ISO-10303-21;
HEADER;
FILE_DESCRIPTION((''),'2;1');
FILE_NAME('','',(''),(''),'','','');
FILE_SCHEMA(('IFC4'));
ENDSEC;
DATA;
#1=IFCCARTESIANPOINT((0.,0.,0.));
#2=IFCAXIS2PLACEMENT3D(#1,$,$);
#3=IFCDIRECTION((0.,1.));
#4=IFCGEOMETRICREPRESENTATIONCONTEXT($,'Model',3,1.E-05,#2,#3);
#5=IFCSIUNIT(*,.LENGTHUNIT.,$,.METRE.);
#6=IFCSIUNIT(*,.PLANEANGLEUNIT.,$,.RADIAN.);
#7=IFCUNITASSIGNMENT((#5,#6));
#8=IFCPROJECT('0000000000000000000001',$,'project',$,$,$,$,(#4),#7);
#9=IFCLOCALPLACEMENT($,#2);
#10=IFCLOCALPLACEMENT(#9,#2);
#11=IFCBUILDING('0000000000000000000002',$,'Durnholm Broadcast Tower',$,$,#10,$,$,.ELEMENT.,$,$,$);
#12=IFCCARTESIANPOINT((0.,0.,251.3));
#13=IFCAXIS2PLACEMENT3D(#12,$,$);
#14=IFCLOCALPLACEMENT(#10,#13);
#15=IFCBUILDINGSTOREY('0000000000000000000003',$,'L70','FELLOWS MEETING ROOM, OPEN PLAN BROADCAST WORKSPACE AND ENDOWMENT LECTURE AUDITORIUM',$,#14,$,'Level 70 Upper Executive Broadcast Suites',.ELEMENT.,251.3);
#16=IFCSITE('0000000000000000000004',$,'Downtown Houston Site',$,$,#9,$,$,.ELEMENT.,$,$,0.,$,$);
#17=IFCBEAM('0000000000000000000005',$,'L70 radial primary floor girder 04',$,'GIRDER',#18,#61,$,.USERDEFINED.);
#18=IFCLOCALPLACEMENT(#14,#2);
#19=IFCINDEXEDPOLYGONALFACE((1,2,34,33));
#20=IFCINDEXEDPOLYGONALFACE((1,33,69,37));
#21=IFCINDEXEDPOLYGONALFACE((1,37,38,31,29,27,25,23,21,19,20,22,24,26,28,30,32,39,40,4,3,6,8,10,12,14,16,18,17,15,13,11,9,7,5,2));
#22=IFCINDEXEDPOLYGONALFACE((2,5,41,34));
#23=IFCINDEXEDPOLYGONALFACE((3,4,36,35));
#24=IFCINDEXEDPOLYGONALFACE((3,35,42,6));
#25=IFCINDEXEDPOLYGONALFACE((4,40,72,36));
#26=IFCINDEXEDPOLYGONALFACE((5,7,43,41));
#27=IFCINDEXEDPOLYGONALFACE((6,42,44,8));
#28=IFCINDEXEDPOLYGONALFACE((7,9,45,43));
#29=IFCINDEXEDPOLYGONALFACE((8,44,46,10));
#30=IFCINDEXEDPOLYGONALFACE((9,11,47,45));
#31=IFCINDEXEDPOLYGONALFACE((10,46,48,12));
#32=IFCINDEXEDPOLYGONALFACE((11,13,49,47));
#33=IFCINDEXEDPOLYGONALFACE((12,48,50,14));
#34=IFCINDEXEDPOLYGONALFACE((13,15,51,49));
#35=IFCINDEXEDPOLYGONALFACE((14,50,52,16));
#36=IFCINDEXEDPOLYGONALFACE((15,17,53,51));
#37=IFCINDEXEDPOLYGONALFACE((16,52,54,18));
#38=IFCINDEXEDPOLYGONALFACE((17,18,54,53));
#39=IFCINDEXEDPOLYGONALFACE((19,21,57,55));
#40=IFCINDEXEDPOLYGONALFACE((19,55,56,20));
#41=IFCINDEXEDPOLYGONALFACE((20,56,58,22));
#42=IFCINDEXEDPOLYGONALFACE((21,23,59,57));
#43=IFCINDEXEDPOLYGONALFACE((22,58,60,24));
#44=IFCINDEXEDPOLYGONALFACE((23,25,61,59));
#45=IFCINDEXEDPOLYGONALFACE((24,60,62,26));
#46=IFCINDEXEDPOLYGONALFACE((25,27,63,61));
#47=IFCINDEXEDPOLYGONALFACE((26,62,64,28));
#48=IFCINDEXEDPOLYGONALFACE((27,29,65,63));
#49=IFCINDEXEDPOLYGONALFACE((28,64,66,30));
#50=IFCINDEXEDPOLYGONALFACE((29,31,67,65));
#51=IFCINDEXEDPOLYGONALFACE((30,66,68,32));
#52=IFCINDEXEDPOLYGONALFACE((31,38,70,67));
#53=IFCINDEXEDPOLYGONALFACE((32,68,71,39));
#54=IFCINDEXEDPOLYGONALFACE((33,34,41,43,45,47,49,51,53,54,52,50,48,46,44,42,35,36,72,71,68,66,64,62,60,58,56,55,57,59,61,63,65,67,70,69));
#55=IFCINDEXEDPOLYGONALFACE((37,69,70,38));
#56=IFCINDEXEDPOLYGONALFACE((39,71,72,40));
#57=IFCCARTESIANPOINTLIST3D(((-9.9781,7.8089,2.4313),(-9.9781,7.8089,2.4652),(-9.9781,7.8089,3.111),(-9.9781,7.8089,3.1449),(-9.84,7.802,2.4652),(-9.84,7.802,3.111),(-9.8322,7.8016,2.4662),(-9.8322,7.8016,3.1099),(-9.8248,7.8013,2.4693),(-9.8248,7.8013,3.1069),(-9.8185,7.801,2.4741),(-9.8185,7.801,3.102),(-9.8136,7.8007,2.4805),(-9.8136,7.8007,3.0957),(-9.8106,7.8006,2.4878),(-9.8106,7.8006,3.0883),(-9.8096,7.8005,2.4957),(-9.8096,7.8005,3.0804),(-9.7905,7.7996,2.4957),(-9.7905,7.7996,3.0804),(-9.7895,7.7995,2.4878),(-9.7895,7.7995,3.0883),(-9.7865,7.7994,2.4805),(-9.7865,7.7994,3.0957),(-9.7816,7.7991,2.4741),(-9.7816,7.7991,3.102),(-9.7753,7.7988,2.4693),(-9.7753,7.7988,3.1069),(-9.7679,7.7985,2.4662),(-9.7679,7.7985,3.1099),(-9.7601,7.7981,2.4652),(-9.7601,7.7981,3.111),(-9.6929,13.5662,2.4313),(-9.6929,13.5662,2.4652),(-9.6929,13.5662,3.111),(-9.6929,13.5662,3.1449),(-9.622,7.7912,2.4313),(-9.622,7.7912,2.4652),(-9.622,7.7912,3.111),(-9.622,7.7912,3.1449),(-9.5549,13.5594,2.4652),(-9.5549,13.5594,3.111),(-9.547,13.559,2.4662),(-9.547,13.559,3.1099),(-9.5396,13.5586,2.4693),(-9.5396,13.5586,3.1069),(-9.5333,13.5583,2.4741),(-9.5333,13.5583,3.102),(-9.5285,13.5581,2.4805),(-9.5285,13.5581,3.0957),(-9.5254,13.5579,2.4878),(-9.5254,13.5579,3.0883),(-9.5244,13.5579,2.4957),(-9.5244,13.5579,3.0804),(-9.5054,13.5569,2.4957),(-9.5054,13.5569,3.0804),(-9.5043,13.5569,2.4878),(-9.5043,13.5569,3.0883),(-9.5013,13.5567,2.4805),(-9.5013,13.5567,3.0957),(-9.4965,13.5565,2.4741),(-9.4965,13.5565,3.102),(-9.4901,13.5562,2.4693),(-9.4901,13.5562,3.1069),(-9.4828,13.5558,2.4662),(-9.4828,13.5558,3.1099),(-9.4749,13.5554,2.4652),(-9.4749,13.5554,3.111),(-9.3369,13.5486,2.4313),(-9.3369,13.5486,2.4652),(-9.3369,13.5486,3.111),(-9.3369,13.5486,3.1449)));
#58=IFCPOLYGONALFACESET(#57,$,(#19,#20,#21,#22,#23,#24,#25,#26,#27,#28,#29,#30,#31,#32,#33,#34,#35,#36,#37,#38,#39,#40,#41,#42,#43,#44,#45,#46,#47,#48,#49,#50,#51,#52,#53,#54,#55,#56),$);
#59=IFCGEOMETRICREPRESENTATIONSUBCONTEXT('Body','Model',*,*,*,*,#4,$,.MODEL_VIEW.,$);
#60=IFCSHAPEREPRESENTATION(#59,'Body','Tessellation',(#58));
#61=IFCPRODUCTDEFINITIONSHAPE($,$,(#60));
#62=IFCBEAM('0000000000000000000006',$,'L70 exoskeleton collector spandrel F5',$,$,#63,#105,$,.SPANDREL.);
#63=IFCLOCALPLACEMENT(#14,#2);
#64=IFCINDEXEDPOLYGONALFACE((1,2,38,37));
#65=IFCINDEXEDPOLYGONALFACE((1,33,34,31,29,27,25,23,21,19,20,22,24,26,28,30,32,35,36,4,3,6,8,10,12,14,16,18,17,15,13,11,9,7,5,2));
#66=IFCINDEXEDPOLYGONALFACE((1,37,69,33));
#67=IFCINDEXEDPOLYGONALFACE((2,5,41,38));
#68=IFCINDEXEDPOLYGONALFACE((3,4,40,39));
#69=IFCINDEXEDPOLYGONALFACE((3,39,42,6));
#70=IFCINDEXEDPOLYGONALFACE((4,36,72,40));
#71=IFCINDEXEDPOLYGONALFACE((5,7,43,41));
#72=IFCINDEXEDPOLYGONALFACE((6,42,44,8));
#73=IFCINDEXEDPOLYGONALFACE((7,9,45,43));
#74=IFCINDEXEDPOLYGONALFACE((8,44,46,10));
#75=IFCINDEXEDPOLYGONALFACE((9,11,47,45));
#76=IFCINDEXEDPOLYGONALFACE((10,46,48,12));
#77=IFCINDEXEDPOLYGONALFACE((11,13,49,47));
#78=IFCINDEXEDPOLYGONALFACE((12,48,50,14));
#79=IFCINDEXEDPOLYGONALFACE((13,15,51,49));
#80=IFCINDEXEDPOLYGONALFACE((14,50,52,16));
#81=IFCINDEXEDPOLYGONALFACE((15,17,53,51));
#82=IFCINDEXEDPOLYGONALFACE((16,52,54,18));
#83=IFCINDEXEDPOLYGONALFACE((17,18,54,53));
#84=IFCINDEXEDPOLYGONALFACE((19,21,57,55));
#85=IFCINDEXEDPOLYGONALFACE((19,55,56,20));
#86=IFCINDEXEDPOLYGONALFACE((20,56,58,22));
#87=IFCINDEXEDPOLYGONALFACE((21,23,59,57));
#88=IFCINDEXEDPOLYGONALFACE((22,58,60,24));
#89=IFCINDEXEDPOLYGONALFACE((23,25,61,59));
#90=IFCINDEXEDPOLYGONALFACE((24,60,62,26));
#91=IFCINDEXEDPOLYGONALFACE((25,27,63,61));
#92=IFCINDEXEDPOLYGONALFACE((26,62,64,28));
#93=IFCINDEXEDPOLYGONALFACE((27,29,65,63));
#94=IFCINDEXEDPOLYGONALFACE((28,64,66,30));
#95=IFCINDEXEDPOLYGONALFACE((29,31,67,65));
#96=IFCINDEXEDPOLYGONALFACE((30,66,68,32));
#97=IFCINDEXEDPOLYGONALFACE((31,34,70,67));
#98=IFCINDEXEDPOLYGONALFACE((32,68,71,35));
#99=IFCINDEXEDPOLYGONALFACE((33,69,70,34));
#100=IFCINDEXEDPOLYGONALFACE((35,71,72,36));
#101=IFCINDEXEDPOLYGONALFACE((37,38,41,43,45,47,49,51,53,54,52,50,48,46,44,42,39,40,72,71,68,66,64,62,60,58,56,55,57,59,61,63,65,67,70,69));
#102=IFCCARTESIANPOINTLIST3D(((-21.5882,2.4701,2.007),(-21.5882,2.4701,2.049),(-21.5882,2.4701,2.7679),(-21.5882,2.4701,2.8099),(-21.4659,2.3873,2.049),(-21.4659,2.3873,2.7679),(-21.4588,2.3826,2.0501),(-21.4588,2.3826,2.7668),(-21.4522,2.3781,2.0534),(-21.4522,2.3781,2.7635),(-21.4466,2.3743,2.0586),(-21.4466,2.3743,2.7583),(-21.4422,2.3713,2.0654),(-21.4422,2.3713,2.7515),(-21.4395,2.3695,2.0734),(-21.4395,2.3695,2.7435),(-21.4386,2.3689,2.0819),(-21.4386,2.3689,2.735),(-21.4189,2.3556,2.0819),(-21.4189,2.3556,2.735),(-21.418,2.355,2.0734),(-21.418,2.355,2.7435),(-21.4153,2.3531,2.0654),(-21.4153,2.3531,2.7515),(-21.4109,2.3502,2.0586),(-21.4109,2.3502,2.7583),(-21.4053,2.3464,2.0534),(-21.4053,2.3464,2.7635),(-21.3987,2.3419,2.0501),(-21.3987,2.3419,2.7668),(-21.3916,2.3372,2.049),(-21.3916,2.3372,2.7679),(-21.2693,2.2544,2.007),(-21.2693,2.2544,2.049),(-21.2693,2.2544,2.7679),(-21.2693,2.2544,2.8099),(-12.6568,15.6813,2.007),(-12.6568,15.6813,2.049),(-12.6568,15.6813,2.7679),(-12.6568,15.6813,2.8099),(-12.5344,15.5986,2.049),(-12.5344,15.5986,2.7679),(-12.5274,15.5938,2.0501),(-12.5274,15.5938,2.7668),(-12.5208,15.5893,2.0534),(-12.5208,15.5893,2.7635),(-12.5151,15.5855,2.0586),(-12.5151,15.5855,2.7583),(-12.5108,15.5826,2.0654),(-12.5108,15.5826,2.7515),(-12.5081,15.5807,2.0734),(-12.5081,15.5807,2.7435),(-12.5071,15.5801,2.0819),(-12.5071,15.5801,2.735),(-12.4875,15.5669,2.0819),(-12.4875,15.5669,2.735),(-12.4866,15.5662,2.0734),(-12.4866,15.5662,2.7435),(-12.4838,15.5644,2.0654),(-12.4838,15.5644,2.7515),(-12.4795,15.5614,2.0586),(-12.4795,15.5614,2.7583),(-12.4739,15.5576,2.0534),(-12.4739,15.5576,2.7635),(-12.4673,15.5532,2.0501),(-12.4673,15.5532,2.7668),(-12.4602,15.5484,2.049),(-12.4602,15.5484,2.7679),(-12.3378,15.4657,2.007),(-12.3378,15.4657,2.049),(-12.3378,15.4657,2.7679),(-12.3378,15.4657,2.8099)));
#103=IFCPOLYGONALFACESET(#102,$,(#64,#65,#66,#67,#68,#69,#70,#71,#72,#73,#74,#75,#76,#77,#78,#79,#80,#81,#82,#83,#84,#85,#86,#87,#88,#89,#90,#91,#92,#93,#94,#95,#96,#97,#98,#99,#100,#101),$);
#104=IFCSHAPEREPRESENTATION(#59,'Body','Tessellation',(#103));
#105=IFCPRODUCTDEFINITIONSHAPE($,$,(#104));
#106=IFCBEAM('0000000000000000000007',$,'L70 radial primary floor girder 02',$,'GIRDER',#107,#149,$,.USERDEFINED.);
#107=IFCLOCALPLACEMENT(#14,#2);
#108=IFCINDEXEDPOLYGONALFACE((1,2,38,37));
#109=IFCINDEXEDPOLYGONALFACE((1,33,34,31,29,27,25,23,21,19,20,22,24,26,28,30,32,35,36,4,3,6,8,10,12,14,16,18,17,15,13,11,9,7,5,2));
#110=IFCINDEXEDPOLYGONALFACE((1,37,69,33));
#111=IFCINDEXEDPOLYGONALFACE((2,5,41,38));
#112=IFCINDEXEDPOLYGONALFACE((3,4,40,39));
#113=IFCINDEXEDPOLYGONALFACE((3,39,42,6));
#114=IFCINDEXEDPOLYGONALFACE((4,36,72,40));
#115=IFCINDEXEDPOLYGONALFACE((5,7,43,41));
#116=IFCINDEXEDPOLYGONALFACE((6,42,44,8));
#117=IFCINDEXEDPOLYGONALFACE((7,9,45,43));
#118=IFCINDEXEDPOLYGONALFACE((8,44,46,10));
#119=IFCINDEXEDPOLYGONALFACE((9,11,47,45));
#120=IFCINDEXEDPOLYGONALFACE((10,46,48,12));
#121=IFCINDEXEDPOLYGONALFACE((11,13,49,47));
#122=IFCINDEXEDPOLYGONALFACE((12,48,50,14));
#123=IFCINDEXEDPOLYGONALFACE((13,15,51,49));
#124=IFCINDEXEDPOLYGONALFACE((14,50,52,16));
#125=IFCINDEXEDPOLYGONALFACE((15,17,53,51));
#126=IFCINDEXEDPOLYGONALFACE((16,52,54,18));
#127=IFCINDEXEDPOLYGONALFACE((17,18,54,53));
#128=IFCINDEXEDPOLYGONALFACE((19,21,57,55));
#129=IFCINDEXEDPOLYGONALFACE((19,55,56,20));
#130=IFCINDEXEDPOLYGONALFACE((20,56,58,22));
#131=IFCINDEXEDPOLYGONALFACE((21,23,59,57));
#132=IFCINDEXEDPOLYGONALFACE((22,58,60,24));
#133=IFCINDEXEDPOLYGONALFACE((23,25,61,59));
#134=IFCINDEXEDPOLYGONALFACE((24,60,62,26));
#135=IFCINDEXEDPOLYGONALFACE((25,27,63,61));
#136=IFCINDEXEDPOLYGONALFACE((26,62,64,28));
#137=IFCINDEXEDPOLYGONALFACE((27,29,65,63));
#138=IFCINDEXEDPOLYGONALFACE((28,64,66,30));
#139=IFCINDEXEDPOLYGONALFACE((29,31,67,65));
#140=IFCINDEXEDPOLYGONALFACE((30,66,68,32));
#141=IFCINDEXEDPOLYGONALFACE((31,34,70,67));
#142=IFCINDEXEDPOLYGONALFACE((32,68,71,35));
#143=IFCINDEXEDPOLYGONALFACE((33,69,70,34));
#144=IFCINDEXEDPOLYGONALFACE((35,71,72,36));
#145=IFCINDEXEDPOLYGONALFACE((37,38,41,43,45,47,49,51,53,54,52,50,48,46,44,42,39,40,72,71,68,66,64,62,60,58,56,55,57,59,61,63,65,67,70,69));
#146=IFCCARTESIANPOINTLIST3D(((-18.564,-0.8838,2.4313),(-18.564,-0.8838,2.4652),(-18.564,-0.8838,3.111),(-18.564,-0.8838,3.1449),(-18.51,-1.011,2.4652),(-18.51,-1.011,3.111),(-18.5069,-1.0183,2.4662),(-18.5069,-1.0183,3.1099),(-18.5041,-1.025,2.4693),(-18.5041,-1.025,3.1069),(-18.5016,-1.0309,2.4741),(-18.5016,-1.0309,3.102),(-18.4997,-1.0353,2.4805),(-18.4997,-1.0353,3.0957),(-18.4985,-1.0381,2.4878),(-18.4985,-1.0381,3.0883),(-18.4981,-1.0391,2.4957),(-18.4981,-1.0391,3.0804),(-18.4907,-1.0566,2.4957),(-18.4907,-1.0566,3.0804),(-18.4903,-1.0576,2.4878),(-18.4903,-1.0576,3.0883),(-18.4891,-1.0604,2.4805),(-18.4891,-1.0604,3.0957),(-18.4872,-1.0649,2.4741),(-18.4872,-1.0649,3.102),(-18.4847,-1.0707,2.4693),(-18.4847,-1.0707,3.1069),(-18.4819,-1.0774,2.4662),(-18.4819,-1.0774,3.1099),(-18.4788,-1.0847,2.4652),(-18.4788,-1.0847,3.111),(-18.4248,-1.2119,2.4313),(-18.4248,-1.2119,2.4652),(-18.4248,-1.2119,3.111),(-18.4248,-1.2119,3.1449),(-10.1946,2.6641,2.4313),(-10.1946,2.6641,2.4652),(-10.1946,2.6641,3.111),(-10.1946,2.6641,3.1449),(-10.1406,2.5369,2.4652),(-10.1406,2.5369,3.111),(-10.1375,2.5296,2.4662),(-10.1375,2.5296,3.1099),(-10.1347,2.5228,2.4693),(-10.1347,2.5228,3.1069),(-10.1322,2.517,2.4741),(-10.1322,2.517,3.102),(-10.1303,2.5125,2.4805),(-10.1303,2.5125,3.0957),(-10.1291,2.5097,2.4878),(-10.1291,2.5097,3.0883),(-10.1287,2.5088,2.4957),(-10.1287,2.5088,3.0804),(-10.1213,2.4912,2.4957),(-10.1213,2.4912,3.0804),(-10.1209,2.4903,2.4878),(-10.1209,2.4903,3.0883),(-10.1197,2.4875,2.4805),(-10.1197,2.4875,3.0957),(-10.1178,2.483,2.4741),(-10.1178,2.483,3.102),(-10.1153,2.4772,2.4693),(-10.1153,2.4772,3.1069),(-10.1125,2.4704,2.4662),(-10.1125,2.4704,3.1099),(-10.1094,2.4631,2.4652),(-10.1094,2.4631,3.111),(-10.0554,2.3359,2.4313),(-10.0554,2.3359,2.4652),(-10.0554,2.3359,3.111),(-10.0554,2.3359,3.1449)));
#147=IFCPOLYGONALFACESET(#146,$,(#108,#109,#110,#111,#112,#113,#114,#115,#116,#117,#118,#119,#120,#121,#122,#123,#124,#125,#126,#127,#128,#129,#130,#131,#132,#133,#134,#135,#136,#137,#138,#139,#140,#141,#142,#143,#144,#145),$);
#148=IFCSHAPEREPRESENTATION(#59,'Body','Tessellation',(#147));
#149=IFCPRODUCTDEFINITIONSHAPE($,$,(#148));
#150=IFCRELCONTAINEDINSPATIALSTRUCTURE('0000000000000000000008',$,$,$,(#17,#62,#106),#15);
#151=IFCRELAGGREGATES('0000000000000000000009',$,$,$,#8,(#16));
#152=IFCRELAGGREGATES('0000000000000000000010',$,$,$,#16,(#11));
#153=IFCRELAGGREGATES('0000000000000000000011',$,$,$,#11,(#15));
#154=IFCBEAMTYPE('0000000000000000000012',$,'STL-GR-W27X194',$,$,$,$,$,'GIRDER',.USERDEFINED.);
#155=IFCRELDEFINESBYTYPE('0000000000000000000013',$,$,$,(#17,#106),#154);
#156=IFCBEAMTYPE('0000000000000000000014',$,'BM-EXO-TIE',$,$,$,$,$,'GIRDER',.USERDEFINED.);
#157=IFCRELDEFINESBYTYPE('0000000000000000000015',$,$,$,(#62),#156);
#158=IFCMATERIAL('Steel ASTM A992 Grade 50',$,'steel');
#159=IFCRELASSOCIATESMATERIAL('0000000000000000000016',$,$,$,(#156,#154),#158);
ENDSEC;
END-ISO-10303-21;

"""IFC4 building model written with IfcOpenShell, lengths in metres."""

from ifc_helpers import new_model, si_unit, direction, frame, origin, origin_2d, place, context, subcontext, project, spatial, i_section, extrude, source, transform, mapped, material, material_profile, profile_set, type_object, element, save


model = new_model("IFC4")

# Units and contexts
model_context = context("Model", 3, precision=1e-05, world=origin(), true_north=direction((0.0, 1.0)))
body_context = subcontext(model_context, "Body", "Model", "MODEL_VIEW")
ifc_project = project(units=[si_unit("LENGTHUNIT", "METRE"), si_unit("PLANEANGLEUNIT", "RADIAN")], contexts=[model_context])

# Site, building, storey
site_placement = place(None, origin())
site = spatial("IfcSite", under=ifc_project, at=site_placement, Name="Downtown Houston Site", CompositionType="ELEMENT", RefElevation=0.0)
building_placement = place(site_placement, origin())
building = spatial("IfcBuilding", under=site, at=building_placement, Name="Durnholm Broadcast Tower", CompositionType="ELEMENT")
storey_placement = place(building_placement, frame((0.0, 0.0, 251.3)))
storey = spatial("IfcBuildingStorey", under=building, at=storey_placement, Name="L70", Description="FELLOWS MEETING ROOM, OPEN PLAN BROADCAST WORKSPACE AND ENDOWMENT LECTURE AUDITORIUM", LongName="Level 70 Upper Executive Broadcast Suites", CompositionType="ELEMENT", Elevation=251.3)

# Beams
ifc_material_1 = material(Name="Steel ASTM A992 Grade 50", Category="steel")
ifc_material_profile_1 = material_profile(ifc_material_1, i_section(OverallWidth=0.385, OverallDepth=0.803, WebThickness=0.0237, FlangeThickness=0.042, FilletRadius=0.033, at=origin_2d()), Name="W30X261")
ifc_profile_set_1 = profile_set([ifc_material_profile_1], Name="Steel ASTM A992 Grade 50")
beam_type_1 = type_object("IfcBeamType", Name="BM-EXO-TIE", ElementType="GIRDER", PredefinedType="USERDEFINED", material=ifc_profile_set_1)
ifc_material_profile_2 = material_profile(ifc_material_1, i_section(OverallWidth=0.3564, OverallDepth=0.7136, WebThickness=0.019, FlangeThickness=0.0339, FilletRadius=0.0305, at=origin_2d()), Name="W27X194")
ifc_profile_set_2 = profile_set([ifc_material_profile_2], Name="Steel ASTM A992 Grade 50")
beam_type_2 = type_object("IfcBeamType", Name="STL-GR-W27X194", ElementType="GIRDER", PredefinedType="USERDEFINED", material=ifc_profile_set_2)
shared_shape_1 = source(origin(), body_context, "Body", "SweptSolid", [
    extrude(i_section(OverallWidth=0.3564, OverallDepth=0.7136, WebThickness=0.019, FlangeThickness=0.0339, FilletRadius=0.0305, at=origin_2d()), origin(), (0.0, 0.0, 1.0), 5.7644),
])
beam_1_placement = place(storey_placement, frame((-9.8, 7.8, 2.7881), z_axis=(0.049469, 0.998776, 0.0), x_axis=(-0.998776, 0.049469, 0.0)))
element("IfcBeam", 1, at=beam_1_placement, inside=storey, type_object=beam_type_2, Name="L70 radial primary floor girder 04", ObjectType="GIRDER", PredefinedType="USERDEFINED", context=body_context, shape_type="MappedRepresentation", body=[
    mapped(shared_shape_1, transform((0.0, 0.0, 0.0), x_axis=(1.0, 0.0, 0.0), y_axis=(0.0, 1.0, 0.0), z_axis=(0.0, 0.0, 1.0), scale=1.0)),
])
shared_shape_2 = source(origin(), body_context, "Body", "SweptSolid", [
    extrude(i_section(OverallWidth=0.385, OverallDepth=0.803, WebThickness=0.0237, FlangeThickness=0.042, FilletRadius=0.033, at=origin_2d()), origin(), (0.0, 0.0, 1.0), 15.947),
])
beam_2_placement = place(storey_placement, frame((-12.4973, 15.5735, 2.4084), z_axis=(-0.560069, -0.828446, 0.0), x_axis=(0.828446, -0.560069, 0.0)))
element("IfcBeam", 2, at=beam_2_placement, inside=storey, type_object=beam_type_1, Name="L70 exoskeleton collector spandrel F5", PredefinedType="SPANDREL", context=body_context, shape_type="MappedRepresentation", body=[
    mapped(shared_shape_2, transform((0.0, 0.0, 0.0), x_axis=(1.0, 0.0, 0.0), y_axis=(0.0, 1.0, 0.0), z_axis=(0.0, 0.0, 1.0), scale=1.0)),
])
shared_shape_3 = source(origin(), body_context, "Body", "SweptSolid", [
    extrude(i_section(OverallWidth=0.3564, OverallDepth=0.7136, WebThickness=0.019, FlangeThickness=0.0339, FilletRadius=0.0305, at=origin_2d()), origin(), (0.0, 0.0, 1.0), 9.0903),
])
beam_3_placement = place(storey_placement, frame((-10.125, 2.5, 2.7881), z_axis=(-0.920692, -0.390289, 0.0), x_axis=(0.390289, -0.920692, 0.0)))
element("IfcBeam", 3, at=beam_3_placement, inside=storey, type_object=beam_type_2, Name="L70 radial primary floor girder 02", ObjectType="GIRDER", PredefinedType="USERDEFINED", context=body_context, shape_type="MappedRepresentation", body=[
    mapped(shared_shape_3, transform((0.0, 0.0, 0.0), x_axis=(1.0, 0.0, 0.0), y_axis=(0.0, 1.0, 0.0), z_axis=(0.0, 0.0, 1.0), scale=1.0)),
])

save(model, "model.ifc")
